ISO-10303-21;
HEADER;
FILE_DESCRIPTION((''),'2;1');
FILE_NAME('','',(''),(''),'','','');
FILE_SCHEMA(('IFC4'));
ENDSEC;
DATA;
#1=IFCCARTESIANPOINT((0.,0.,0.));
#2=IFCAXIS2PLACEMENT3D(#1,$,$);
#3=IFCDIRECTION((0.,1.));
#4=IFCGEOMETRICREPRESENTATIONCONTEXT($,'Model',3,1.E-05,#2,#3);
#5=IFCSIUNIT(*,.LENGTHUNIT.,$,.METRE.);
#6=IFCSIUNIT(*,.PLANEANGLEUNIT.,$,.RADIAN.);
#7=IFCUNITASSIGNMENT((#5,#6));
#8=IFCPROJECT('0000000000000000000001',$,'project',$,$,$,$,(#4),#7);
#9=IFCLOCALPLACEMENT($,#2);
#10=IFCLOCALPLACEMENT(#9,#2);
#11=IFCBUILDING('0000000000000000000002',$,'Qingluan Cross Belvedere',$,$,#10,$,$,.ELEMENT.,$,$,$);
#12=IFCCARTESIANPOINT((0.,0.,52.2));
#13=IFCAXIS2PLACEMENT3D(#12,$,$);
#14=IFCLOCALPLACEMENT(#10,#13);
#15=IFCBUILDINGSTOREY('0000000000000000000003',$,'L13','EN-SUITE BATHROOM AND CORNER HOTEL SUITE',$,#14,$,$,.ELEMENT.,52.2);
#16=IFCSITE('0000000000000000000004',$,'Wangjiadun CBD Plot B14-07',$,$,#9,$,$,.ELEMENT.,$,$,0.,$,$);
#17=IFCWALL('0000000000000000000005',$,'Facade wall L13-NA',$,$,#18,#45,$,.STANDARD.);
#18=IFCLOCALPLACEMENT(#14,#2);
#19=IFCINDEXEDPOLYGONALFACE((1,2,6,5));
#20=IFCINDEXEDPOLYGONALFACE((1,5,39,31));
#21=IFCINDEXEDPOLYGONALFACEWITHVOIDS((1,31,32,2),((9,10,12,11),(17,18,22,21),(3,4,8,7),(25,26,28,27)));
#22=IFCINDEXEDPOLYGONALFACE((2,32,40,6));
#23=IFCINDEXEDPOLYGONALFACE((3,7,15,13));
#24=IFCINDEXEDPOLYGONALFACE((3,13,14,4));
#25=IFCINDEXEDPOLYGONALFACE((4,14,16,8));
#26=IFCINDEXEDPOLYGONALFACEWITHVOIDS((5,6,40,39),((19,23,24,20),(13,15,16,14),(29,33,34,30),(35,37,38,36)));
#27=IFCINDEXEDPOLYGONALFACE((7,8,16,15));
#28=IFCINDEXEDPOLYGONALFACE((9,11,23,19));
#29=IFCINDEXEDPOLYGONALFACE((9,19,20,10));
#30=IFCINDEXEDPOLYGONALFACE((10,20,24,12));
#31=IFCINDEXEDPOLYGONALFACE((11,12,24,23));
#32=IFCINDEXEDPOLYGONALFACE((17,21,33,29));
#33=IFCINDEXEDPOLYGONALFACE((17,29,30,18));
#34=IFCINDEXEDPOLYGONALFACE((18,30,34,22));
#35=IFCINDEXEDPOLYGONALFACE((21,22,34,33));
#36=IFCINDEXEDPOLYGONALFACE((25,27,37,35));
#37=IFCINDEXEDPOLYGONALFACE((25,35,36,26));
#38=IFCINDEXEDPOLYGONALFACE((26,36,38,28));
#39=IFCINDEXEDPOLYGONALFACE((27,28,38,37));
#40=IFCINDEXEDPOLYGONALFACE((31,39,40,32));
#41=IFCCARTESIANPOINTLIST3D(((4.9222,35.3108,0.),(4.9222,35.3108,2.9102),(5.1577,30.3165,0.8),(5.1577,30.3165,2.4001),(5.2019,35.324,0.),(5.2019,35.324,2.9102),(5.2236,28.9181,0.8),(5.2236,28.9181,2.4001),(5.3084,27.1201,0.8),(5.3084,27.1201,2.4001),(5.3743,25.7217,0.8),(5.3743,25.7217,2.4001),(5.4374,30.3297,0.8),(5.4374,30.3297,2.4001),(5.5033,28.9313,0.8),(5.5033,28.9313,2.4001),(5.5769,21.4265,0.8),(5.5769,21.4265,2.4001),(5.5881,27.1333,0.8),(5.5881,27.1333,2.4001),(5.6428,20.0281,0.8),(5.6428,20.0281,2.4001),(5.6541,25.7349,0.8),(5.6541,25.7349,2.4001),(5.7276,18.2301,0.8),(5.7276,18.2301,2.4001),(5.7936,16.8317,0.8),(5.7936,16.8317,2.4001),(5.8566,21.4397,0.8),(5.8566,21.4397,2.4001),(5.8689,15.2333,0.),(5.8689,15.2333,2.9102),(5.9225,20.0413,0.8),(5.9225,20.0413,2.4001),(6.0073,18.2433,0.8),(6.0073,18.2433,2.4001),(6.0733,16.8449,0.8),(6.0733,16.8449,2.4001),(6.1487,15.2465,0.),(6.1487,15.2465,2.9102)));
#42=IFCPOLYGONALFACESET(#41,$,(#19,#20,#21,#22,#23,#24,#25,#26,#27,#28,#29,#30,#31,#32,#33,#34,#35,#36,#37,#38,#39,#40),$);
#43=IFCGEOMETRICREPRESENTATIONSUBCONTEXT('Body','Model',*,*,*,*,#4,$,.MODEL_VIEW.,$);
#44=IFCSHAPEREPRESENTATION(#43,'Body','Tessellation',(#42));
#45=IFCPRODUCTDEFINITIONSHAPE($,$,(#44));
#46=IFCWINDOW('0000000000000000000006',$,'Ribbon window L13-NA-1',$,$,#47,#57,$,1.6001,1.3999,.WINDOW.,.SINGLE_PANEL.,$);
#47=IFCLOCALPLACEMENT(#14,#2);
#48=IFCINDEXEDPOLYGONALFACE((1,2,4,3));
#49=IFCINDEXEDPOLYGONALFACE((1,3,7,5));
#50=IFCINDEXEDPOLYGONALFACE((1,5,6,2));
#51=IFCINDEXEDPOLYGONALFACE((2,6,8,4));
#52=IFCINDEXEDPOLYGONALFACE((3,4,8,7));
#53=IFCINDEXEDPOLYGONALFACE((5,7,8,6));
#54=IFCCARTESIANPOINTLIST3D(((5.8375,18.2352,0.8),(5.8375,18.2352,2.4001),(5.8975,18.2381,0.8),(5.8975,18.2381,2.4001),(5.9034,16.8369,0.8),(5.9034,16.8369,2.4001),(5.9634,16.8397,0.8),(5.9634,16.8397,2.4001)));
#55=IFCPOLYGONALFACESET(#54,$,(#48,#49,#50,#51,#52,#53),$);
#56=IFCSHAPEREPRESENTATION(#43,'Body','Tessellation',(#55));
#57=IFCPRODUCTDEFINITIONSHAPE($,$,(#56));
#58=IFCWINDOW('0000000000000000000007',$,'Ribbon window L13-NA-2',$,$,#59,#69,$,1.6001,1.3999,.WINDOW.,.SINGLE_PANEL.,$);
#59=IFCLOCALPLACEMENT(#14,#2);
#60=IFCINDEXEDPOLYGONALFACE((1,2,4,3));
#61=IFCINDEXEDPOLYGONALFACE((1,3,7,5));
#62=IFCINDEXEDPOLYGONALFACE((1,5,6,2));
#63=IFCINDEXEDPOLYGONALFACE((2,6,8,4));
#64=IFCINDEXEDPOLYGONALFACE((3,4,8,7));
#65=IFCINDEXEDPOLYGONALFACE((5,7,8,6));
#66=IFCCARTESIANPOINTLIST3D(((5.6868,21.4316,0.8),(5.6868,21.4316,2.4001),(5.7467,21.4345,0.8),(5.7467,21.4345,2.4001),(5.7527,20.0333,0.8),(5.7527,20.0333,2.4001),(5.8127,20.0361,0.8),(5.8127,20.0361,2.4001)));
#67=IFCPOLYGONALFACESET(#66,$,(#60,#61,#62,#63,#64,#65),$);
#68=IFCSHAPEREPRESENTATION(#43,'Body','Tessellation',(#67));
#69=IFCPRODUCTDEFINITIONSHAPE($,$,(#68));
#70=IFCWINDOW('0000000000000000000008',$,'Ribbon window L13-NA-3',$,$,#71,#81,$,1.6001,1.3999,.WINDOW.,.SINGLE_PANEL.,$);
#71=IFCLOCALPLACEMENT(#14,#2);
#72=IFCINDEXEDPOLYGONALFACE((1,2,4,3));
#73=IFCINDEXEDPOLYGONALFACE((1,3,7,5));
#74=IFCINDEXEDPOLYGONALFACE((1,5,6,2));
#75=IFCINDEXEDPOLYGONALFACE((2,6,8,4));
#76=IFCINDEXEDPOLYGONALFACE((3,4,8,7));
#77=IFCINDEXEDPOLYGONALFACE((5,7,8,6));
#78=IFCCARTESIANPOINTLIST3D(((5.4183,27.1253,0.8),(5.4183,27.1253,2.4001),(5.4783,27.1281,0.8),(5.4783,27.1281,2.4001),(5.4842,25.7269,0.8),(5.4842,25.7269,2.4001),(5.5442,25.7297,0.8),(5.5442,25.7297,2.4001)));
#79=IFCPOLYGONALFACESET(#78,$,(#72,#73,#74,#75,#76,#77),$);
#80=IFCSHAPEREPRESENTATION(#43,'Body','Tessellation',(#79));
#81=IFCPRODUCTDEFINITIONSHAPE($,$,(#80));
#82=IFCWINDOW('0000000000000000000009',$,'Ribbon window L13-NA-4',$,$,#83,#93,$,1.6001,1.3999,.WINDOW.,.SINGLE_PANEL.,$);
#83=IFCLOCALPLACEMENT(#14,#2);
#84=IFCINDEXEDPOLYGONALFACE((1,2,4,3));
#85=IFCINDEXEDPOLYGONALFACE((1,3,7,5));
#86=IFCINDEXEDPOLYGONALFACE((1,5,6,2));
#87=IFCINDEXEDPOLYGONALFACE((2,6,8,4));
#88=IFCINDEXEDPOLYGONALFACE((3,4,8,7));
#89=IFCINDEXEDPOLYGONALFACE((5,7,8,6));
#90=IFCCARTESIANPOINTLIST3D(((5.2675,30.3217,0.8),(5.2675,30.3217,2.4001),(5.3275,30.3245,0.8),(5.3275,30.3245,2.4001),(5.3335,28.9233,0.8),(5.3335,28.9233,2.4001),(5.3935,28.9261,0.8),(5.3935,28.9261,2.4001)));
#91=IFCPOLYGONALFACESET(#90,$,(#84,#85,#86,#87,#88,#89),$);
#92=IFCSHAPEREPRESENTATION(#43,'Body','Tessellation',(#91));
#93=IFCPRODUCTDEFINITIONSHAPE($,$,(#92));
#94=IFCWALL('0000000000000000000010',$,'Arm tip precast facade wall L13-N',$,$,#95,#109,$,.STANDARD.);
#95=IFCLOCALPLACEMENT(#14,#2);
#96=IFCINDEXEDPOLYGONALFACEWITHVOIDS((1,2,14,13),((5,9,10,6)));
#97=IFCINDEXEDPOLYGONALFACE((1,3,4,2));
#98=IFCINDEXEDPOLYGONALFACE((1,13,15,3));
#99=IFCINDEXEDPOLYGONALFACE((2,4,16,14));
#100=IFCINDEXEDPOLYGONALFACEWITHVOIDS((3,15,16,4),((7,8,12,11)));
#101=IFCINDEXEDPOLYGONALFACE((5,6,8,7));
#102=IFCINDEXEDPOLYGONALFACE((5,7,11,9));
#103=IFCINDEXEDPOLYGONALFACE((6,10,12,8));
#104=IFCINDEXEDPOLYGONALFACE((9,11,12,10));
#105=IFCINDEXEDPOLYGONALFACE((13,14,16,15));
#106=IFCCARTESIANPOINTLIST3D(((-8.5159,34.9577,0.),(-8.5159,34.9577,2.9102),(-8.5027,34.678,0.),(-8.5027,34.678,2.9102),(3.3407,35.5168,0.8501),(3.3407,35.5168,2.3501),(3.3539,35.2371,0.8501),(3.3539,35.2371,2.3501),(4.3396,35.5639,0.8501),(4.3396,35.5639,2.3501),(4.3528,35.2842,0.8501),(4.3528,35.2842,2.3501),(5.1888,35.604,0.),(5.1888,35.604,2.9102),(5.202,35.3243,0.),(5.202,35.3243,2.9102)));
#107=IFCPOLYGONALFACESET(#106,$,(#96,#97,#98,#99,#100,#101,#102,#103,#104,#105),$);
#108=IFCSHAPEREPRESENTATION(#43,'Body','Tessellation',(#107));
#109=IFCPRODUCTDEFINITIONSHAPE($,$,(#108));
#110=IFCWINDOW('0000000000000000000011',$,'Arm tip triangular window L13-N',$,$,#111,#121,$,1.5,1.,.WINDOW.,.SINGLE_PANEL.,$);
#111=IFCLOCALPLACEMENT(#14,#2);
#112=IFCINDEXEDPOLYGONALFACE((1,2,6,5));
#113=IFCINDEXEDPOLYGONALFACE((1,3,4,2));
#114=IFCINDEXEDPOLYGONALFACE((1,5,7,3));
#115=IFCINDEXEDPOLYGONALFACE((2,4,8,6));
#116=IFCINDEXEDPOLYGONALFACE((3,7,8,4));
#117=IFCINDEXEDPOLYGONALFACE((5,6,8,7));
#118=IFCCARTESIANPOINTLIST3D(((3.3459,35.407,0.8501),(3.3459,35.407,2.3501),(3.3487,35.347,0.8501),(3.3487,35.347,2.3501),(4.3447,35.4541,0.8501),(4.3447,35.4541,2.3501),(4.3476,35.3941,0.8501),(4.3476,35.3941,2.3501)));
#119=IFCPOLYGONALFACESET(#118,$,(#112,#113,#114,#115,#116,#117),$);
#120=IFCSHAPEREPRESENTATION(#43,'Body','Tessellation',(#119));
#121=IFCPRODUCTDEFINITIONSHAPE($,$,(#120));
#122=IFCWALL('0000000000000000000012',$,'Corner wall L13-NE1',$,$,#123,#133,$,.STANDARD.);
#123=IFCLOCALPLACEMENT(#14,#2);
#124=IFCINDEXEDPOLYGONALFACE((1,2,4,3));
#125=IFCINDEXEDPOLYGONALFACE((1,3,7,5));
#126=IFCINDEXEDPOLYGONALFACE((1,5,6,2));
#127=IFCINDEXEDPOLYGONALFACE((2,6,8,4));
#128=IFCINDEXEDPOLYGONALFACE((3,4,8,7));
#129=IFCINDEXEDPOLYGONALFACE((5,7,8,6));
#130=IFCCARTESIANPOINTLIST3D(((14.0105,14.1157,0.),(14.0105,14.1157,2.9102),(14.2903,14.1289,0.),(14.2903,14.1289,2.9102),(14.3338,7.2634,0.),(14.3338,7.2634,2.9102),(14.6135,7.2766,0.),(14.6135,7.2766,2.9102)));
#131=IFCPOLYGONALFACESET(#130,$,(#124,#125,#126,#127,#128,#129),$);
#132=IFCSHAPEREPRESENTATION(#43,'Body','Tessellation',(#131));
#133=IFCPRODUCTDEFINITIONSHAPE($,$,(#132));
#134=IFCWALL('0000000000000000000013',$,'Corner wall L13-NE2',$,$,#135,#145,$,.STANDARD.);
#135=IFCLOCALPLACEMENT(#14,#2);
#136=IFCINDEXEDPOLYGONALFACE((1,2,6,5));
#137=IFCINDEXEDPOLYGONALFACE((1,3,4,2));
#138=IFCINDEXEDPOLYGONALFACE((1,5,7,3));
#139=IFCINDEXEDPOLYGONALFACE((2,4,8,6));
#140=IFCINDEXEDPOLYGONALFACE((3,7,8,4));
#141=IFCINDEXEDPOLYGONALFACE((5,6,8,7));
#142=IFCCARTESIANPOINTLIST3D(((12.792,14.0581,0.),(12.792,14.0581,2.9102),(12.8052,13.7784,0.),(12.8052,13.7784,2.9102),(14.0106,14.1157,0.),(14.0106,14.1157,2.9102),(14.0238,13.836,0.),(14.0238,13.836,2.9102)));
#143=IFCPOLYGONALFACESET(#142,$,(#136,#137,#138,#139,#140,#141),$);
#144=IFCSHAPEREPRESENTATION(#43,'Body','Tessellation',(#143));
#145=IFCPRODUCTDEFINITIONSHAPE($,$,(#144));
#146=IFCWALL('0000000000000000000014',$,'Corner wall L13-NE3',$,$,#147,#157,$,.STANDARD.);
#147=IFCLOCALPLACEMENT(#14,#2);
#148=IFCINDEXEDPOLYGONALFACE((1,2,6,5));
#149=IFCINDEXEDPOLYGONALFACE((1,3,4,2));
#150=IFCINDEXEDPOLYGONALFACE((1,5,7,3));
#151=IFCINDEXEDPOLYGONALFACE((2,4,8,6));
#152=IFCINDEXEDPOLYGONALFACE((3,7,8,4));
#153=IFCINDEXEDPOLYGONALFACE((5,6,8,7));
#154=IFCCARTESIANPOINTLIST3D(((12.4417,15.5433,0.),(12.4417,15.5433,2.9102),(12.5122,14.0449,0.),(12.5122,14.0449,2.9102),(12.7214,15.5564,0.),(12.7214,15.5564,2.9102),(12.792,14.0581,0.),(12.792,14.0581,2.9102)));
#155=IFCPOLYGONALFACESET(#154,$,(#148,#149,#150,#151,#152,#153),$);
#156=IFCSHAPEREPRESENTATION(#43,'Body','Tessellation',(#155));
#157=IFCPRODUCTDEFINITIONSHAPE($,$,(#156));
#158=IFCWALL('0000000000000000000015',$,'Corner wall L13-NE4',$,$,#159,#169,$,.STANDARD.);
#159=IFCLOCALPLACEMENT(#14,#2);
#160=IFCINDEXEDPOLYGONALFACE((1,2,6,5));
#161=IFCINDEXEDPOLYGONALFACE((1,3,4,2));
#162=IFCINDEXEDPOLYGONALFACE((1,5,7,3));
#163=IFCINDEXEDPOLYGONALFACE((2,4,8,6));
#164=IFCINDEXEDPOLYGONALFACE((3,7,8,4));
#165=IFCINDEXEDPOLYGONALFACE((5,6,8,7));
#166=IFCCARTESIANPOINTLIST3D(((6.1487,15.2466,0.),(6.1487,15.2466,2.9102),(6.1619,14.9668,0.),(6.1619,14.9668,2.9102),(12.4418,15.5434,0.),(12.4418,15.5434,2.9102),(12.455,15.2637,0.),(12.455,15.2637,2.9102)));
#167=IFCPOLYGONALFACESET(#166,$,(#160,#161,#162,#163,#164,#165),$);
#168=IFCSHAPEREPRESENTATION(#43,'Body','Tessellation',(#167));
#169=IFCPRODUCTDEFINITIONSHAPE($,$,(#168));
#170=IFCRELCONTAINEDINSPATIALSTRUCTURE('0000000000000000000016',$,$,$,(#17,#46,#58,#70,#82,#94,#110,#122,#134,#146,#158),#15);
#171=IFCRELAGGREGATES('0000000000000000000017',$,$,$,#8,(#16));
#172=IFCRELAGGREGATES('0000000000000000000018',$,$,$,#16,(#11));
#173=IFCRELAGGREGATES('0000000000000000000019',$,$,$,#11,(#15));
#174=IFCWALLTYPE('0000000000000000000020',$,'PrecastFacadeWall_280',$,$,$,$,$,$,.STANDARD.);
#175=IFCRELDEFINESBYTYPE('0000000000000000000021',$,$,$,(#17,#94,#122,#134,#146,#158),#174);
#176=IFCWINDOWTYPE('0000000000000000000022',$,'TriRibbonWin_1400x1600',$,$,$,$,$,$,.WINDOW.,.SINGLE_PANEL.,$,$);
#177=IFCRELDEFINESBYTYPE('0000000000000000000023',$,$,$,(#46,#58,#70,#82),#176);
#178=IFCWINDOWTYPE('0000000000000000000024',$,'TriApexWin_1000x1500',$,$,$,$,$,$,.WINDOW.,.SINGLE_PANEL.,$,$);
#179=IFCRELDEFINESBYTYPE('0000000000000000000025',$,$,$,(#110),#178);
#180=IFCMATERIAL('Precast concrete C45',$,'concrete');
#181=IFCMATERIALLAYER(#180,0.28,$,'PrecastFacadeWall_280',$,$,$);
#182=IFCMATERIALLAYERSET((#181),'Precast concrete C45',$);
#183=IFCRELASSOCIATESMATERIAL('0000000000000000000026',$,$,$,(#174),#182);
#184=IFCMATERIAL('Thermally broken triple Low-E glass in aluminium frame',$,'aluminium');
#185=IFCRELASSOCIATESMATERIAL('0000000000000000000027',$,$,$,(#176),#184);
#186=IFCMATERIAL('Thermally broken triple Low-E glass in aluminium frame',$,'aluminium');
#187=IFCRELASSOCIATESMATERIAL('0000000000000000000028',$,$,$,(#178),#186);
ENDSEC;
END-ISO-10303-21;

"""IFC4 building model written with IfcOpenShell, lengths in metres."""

from ifc_helpers import new_model, si_unit, direction, frame, frame_2d, origin, place, context, subcontext, project, spatial, rectangle, extrude, material, layer, layer_set, type_object, element, fill, save


model = new_model("IFC4")

# Units and contexts
model_context = context("Model", 3, precision=1e-05, world=origin(), true_north=direction((0.0, 1.0)))
body_context = subcontext(model_context, "Body", "Model", "MODEL_VIEW")
ifc_project = project(units=[si_unit("LENGTHUNIT", "METRE"), si_unit("PLANEANGLEUNIT", "RADIAN")], contexts=[model_context])

# Site, building, storey
site_placement = place(None, origin())
site = spatial("IfcSite", under=ifc_project, at=site_placement, Name="Wangjiadun CBD Plot B14-07", CompositionType="ELEMENT", RefElevation=0.0)
building_placement = place(site_placement, origin())
building = spatial("IfcBuilding", under=site, at=building_placement, Name="Qingluan Cross Belvedere", CompositionType="ELEMENT")
storey_placement = place(building_placement, frame((0.0, 0.0, 52.2)))
storey = spatial("IfcBuildingStorey", under=building, at=storey_placement, Name="L13", Description="EN-SUITE BATHROOM AND CORNER HOTEL SUITE", CompositionType="ELEMENT", Elevation=52.2)

# Wall, openings, windows
ifc_material_1 = material(Name="Precast concrete C45", Category="concrete")
ifc_layer_1 = layer(ifc_material_1, 0.28, Name="PrecastFacadeWall_280")
ifc_layer_set_1 = layer_set([ifc_layer_1], Name="Precast concrete C45")
wall_type_1 = type_object("IfcWallType", Name="PrecastFacadeWall_280", PredefinedType="STANDARD", material=ifc_layer_set_1)
ifc_material_2 = material(Name="Thermally broken triple Low-E glass in aluminium frame", Category="aluminium")
window_type_1 = type_object("IfcWindowType", Name="TriRibbonWin_1400x1600", PartitioningType="SINGLE_PANEL", PredefinedType="WINDOW", material=ifc_material_2)
wall_1_placement = place(storey_placement, frame((6.0088, 15.24, 0.0), z_axis=(0.0, 0.0, 1.0), x_axis=(-0.047103, 0.99889, 0.0)))
wall_1 = element("IfcWall", 1, at=wall_1_placement, inside=storey, type_object=wall_type_1, Name="Facade wall L13-NA", PredefinedType="STANDARD", context=body_context, shape_type="SweptSolid", body=[
    extrude(rectangle(XDim=20.0999, YDim=0.28, at=frame_2d((10.0498, 0.0))), origin(), (0.0, 0.0, 1.0), 2.9102),
])
opening_1_placement = place(wall_1_placement, frame((1.6001, 0.0, 0.8)))
opening_1 = element("IfcOpeningElement", 2, at=opening_1_placement, cuts=wall_1, PredefinedType="OPENING", context=body_context, shape_type="SweptSolid", body=[
    extrude(rectangle(XDim=1.3999, YDim=1.6001, at=frame_2d((0.7, 0.8))), frame((0.0, 0.1499, 0.0), z_axis=(0.0, -1.0, 0.0), x_axis=(1.0, 0.0, 0.0)), (0.0, 0.0, 1.0), 0.3),
])
opening_2_placement = place(wall_1_placement, frame((4.8, 0.0, 0.8)))
opening_2 = element("IfcOpeningElement", 3, at=opening_2_placement, cuts=wall_1, PredefinedType="OPENING", context=body_context, shape_type="SweptSolid", body=[
    extrude(rectangle(XDim=1.3999, YDim=1.6001, at=frame_2d((0.7, 0.8))), frame((0.0, 0.1499, 0.0), z_axis=(0.0, -1.0, 0.0), x_axis=(1.0, 0.0, 0.0)), (0.0, 0.0, 1.0), 0.3),
])
opening_3_placement = place(wall_1_placement, frame((10.5, 0.0, 0.8)))
opening_3 = element("IfcOpeningElement", 4, at=opening_3_placement, cuts=wall_1, PredefinedType="OPENING", context=body_context, shape_type="SweptSolid", body=[
    extrude(rectangle(XDim=1.3999, YDim=1.6001, at=frame_2d((0.7, 0.8))), frame((0.0, 0.1499, 0.0), z_axis=(0.0, -1.0, 0.0), x_axis=(1.0, 0.0, 0.0)), (0.0, 0.0, 1.0), 0.3),
])
opening_4_placement = place(wall_1_placement, frame((13.7, 0.0, 0.8)))
opening_4 = element("IfcOpeningElement", 5, at=opening_4_placement, cuts=wall_1, PredefinedType="OPENING", context=body_context, shape_type="SweptSolid", body=[
    extrude(rectangle(XDim=1.3999, YDim=1.6001, at=frame_2d((0.7, 0.8))), frame((0.0, 0.1499, 0.0), z_axis=(0.0, -1.0, 0.0), x_axis=(1.0, 0.0, 0.0)), (0.0, 0.0, 1.0), 0.3),
])
window_1_placement = place(opening_1_placement, origin())
window_1 = element("IfcWindow", 6, at=window_1_placement, inside=storey, type_object=window_type_1, Name="Ribbon window L13-NA-1", OverallHeight=1.6001, OverallWidth=1.3999, PartitioningType="SINGLE_PANEL", PredefinedType="WINDOW", context=body_context, shape_type="SweptSolid", body=[
    extrude(rectangle(XDim=1.3999, YDim=1.6001, at=frame_2d((0.7, 0.8))), frame((0.0, 0.03, 0.0), z_axis=(0.0, -1.0, 0.0), x_axis=(1.0, 0.0, 0.0)), (0.0, 0.0, 1.0), 0.0601),
])
fill(opening_1, window_1)
window_2_placement = place(opening_2_placement, origin())
window_2 = element("IfcWindow", 7, at=window_2_placement, inside=storey, type_object=window_type_1, Name="Ribbon window L13-NA-2", OverallHeight=1.6001, OverallWidth=1.3999, PartitioningType="SINGLE_PANEL", PredefinedType="WINDOW", context=body_context, shape_type="SweptSolid", body=[
    extrude(rectangle(XDim=1.3999, YDim=1.6001, at=frame_2d((0.7, 0.8))), frame((0.0, 0.03, 0.0), z_axis=(0.0, -1.0, 0.0), x_axis=(1.0, 0.0, 0.0)), (0.0, 0.0, 1.0), 0.0601),
])
fill(opening_2, window_2)
window_3_placement = place(opening_3_placement, origin())
window_3 = element("IfcWindow", 8, at=window_3_placement, inside=storey, type_object=window_type_1, Name="Ribbon window L13-NA-3", OverallHeight=1.6001, OverallWidth=1.3999, PartitioningType="SINGLE_PANEL", PredefinedType="WINDOW", context=body_context, shape_type="SweptSolid", body=[
    extrude(rectangle(XDim=1.3999, YDim=1.6001, at=frame_2d((0.7, 0.8))), frame((0.0, 0.03, 0.0), z_axis=(0.0, -1.0, 0.0), x_axis=(1.0, 0.0, 0.0)), (0.0, 0.0, 1.0), 0.0601),
])
fill(opening_3, window_3)
window_4_placement = place(opening_4_placement, origin())
window_4 = element("IfcWindow", 9, at=window_4_placement, inside=storey, type_object=window_type_1, Name="Ribbon window L13-NA-4", OverallHeight=1.6001, OverallWidth=1.3999, PartitioningType="SINGLE_PANEL", PredefinedType="WINDOW", context=body_context, shape_type="SweptSolid", body=[
    extrude(rectangle(XDim=1.3999, YDim=1.6001, at=frame_2d((0.7, 0.8))), frame((0.0, 0.03, 0.0), z_axis=(0.0, -1.0, 0.0), x_axis=(1.0, 0.0, 0.0)), (0.0, 0.0, 1.0), 0.0601),
])
fill(opening_4, window_4)

# Wall, opening, window
wall_2_placement = place(storey_placement, frame((5.1953, 35.4641, 0.0), z_axis=(0.0, 0.0, 1.0), x_axis=(-0.99889, -0.047102, 0.0)))
wall_2 = element("IfcWall", 10, at=wall_2_placement, inside=storey, type_object=wall_type_1, Name="Arm tip precast facade wall L13-N", PredefinedType="STANDARD", context=body_context, shape_type="SweptSolid", body=[
    extrude(rectangle(XDim=13.72, YDim=0.28, at=frame_2d((6.8599, 0.0))), origin(), (0.0, 0.0, 1.0), 2.9102),
])
opening_5_placement = place(wall_2_placement, frame((0.8501, 0.0, 0.8501)))
opening_5 = element("IfcOpeningElement", 11, at=opening_5_placement, cuts=wall_2, PredefinedType="OPENING", context=body_context, shape_type="SweptSolid", body=[
    extrude(rectangle(XDim=1.0, YDim=1.5, at=frame_2d((0.5, 0.75))), frame((0.0, 0.1499, 0.0), z_axis=(0.0, -1.0, 0.0), x_axis=(1.0, 0.0, 0.0)), (0.0, 0.0, 1.0), 0.3),
])
ifc_material_3 = material(Name="Thermally broken triple Low-E glass in aluminium frame", Category="aluminium")
window_type_2 = type_object("IfcWindowType", Name="TriApexWin_1000x1500", PartitioningType="SINGLE_PANEL", PredefinedType="WINDOW", material=ifc_material_3)
window_5_placement = place(opening_5_placement, origin())
window_5 = element("IfcWindow", 12, at=window_5_placement, inside=storey, type_object=window_type_2, Name="Arm tip triangular window L13-N", OverallHeight=1.5, OverallWidth=1.0, PartitioningType="SINGLE_PANEL", PredefinedType="WINDOW", context=body_context, shape_type="SweptSolid", body=[
    extrude(rectangle(XDim=1.0, YDim=1.5, at=frame_2d((0.5, 0.75))), frame((0.0, 0.03, 0.0), z_axis=(0.0, -1.0, 0.0), x_axis=(1.0, 0.0, 0.0)), (0.0, 0.0, 1.0), 0.0601),
])
fill(opening_5, window_5)

# Walls
wall_3_placement = place(storey_placement, frame((14.4736, 7.27, 0.0), z_axis=(0.0, 0.0, 1.0), x_axis=(-0.04712, 0.998889, 0.0)))
element("IfcWall", 13, at=wall_3_placement, inside=storey, type_object=wall_type_1, Name="Corner wall L13-NE1", PredefinedType="STANDARD", context=body_context, shape_type="SweptSolid", body=[
    extrude(rectangle(XDim=6.8599, YDim=0.28, at=frame_2d((3.4299, 0.0))), origin(), (0.0, 0.0, 1.0), 2.9102),
])
wall_4_placement = place(storey_placement, frame((14.0171, 13.9758, 0.0), z_axis=(0.0, 0.0, 1.0), x_axis=(-0.998884, -0.047232, 0.0)))
element("IfcWall", 14, at=wall_4_placement, inside=storey, type_object=wall_type_1, Name="Corner wall L13-NE2", PredefinedType="STANDARD", context=body_context, shape_type="SweptSolid", body=[
    extrude(rectangle(XDim=1.22, YDim=0.28, at=frame_2d((0.6099, 0.0))), origin(), (0.0, 0.0, 1.0), 2.9102),
])
wall_5_placement = place(storey_placement, frame((12.6521, 14.0515, 0.0), z_axis=(0.0, 0.0, 1.0), x_axis=(-0.047039, 0.998893, 0.0)))
element("IfcWall", 15, at=wall_5_placement, inside=storey, type_object=wall_type_1, Name="Corner wall L13-NE3", PredefinedType="STANDARD", context=body_context, shape_type="SweptSolid", body=[
    extrude(rectangle(XDim=1.5, YDim=0.28, at=frame_2d((0.75, 0.0))), origin(), (0.0, 0.0, 1.0), 2.9102),
])
wall_6_placement = place(storey_placement, frame((12.4482, 15.4036, 0.0), z_axis=(0.0, 0.0, 1.0), x_axis=(-0.998889, -0.047123, 0.0)))
element("IfcWall", 16, at=wall_6_placement, inside=storey, type_object=wall_type_1, Name="Corner wall L13-NE4", PredefinedType="STANDARD", context=body_context, shape_type="SweptSolid", body=[
    extrude(rectangle(XDim=6.3, YDim=0.28, at=frame_2d((3.1499, 0.0))), origin(), (0.0, 0.0, 1.0), 2.9102),
])

save(model, "model.ifc")
